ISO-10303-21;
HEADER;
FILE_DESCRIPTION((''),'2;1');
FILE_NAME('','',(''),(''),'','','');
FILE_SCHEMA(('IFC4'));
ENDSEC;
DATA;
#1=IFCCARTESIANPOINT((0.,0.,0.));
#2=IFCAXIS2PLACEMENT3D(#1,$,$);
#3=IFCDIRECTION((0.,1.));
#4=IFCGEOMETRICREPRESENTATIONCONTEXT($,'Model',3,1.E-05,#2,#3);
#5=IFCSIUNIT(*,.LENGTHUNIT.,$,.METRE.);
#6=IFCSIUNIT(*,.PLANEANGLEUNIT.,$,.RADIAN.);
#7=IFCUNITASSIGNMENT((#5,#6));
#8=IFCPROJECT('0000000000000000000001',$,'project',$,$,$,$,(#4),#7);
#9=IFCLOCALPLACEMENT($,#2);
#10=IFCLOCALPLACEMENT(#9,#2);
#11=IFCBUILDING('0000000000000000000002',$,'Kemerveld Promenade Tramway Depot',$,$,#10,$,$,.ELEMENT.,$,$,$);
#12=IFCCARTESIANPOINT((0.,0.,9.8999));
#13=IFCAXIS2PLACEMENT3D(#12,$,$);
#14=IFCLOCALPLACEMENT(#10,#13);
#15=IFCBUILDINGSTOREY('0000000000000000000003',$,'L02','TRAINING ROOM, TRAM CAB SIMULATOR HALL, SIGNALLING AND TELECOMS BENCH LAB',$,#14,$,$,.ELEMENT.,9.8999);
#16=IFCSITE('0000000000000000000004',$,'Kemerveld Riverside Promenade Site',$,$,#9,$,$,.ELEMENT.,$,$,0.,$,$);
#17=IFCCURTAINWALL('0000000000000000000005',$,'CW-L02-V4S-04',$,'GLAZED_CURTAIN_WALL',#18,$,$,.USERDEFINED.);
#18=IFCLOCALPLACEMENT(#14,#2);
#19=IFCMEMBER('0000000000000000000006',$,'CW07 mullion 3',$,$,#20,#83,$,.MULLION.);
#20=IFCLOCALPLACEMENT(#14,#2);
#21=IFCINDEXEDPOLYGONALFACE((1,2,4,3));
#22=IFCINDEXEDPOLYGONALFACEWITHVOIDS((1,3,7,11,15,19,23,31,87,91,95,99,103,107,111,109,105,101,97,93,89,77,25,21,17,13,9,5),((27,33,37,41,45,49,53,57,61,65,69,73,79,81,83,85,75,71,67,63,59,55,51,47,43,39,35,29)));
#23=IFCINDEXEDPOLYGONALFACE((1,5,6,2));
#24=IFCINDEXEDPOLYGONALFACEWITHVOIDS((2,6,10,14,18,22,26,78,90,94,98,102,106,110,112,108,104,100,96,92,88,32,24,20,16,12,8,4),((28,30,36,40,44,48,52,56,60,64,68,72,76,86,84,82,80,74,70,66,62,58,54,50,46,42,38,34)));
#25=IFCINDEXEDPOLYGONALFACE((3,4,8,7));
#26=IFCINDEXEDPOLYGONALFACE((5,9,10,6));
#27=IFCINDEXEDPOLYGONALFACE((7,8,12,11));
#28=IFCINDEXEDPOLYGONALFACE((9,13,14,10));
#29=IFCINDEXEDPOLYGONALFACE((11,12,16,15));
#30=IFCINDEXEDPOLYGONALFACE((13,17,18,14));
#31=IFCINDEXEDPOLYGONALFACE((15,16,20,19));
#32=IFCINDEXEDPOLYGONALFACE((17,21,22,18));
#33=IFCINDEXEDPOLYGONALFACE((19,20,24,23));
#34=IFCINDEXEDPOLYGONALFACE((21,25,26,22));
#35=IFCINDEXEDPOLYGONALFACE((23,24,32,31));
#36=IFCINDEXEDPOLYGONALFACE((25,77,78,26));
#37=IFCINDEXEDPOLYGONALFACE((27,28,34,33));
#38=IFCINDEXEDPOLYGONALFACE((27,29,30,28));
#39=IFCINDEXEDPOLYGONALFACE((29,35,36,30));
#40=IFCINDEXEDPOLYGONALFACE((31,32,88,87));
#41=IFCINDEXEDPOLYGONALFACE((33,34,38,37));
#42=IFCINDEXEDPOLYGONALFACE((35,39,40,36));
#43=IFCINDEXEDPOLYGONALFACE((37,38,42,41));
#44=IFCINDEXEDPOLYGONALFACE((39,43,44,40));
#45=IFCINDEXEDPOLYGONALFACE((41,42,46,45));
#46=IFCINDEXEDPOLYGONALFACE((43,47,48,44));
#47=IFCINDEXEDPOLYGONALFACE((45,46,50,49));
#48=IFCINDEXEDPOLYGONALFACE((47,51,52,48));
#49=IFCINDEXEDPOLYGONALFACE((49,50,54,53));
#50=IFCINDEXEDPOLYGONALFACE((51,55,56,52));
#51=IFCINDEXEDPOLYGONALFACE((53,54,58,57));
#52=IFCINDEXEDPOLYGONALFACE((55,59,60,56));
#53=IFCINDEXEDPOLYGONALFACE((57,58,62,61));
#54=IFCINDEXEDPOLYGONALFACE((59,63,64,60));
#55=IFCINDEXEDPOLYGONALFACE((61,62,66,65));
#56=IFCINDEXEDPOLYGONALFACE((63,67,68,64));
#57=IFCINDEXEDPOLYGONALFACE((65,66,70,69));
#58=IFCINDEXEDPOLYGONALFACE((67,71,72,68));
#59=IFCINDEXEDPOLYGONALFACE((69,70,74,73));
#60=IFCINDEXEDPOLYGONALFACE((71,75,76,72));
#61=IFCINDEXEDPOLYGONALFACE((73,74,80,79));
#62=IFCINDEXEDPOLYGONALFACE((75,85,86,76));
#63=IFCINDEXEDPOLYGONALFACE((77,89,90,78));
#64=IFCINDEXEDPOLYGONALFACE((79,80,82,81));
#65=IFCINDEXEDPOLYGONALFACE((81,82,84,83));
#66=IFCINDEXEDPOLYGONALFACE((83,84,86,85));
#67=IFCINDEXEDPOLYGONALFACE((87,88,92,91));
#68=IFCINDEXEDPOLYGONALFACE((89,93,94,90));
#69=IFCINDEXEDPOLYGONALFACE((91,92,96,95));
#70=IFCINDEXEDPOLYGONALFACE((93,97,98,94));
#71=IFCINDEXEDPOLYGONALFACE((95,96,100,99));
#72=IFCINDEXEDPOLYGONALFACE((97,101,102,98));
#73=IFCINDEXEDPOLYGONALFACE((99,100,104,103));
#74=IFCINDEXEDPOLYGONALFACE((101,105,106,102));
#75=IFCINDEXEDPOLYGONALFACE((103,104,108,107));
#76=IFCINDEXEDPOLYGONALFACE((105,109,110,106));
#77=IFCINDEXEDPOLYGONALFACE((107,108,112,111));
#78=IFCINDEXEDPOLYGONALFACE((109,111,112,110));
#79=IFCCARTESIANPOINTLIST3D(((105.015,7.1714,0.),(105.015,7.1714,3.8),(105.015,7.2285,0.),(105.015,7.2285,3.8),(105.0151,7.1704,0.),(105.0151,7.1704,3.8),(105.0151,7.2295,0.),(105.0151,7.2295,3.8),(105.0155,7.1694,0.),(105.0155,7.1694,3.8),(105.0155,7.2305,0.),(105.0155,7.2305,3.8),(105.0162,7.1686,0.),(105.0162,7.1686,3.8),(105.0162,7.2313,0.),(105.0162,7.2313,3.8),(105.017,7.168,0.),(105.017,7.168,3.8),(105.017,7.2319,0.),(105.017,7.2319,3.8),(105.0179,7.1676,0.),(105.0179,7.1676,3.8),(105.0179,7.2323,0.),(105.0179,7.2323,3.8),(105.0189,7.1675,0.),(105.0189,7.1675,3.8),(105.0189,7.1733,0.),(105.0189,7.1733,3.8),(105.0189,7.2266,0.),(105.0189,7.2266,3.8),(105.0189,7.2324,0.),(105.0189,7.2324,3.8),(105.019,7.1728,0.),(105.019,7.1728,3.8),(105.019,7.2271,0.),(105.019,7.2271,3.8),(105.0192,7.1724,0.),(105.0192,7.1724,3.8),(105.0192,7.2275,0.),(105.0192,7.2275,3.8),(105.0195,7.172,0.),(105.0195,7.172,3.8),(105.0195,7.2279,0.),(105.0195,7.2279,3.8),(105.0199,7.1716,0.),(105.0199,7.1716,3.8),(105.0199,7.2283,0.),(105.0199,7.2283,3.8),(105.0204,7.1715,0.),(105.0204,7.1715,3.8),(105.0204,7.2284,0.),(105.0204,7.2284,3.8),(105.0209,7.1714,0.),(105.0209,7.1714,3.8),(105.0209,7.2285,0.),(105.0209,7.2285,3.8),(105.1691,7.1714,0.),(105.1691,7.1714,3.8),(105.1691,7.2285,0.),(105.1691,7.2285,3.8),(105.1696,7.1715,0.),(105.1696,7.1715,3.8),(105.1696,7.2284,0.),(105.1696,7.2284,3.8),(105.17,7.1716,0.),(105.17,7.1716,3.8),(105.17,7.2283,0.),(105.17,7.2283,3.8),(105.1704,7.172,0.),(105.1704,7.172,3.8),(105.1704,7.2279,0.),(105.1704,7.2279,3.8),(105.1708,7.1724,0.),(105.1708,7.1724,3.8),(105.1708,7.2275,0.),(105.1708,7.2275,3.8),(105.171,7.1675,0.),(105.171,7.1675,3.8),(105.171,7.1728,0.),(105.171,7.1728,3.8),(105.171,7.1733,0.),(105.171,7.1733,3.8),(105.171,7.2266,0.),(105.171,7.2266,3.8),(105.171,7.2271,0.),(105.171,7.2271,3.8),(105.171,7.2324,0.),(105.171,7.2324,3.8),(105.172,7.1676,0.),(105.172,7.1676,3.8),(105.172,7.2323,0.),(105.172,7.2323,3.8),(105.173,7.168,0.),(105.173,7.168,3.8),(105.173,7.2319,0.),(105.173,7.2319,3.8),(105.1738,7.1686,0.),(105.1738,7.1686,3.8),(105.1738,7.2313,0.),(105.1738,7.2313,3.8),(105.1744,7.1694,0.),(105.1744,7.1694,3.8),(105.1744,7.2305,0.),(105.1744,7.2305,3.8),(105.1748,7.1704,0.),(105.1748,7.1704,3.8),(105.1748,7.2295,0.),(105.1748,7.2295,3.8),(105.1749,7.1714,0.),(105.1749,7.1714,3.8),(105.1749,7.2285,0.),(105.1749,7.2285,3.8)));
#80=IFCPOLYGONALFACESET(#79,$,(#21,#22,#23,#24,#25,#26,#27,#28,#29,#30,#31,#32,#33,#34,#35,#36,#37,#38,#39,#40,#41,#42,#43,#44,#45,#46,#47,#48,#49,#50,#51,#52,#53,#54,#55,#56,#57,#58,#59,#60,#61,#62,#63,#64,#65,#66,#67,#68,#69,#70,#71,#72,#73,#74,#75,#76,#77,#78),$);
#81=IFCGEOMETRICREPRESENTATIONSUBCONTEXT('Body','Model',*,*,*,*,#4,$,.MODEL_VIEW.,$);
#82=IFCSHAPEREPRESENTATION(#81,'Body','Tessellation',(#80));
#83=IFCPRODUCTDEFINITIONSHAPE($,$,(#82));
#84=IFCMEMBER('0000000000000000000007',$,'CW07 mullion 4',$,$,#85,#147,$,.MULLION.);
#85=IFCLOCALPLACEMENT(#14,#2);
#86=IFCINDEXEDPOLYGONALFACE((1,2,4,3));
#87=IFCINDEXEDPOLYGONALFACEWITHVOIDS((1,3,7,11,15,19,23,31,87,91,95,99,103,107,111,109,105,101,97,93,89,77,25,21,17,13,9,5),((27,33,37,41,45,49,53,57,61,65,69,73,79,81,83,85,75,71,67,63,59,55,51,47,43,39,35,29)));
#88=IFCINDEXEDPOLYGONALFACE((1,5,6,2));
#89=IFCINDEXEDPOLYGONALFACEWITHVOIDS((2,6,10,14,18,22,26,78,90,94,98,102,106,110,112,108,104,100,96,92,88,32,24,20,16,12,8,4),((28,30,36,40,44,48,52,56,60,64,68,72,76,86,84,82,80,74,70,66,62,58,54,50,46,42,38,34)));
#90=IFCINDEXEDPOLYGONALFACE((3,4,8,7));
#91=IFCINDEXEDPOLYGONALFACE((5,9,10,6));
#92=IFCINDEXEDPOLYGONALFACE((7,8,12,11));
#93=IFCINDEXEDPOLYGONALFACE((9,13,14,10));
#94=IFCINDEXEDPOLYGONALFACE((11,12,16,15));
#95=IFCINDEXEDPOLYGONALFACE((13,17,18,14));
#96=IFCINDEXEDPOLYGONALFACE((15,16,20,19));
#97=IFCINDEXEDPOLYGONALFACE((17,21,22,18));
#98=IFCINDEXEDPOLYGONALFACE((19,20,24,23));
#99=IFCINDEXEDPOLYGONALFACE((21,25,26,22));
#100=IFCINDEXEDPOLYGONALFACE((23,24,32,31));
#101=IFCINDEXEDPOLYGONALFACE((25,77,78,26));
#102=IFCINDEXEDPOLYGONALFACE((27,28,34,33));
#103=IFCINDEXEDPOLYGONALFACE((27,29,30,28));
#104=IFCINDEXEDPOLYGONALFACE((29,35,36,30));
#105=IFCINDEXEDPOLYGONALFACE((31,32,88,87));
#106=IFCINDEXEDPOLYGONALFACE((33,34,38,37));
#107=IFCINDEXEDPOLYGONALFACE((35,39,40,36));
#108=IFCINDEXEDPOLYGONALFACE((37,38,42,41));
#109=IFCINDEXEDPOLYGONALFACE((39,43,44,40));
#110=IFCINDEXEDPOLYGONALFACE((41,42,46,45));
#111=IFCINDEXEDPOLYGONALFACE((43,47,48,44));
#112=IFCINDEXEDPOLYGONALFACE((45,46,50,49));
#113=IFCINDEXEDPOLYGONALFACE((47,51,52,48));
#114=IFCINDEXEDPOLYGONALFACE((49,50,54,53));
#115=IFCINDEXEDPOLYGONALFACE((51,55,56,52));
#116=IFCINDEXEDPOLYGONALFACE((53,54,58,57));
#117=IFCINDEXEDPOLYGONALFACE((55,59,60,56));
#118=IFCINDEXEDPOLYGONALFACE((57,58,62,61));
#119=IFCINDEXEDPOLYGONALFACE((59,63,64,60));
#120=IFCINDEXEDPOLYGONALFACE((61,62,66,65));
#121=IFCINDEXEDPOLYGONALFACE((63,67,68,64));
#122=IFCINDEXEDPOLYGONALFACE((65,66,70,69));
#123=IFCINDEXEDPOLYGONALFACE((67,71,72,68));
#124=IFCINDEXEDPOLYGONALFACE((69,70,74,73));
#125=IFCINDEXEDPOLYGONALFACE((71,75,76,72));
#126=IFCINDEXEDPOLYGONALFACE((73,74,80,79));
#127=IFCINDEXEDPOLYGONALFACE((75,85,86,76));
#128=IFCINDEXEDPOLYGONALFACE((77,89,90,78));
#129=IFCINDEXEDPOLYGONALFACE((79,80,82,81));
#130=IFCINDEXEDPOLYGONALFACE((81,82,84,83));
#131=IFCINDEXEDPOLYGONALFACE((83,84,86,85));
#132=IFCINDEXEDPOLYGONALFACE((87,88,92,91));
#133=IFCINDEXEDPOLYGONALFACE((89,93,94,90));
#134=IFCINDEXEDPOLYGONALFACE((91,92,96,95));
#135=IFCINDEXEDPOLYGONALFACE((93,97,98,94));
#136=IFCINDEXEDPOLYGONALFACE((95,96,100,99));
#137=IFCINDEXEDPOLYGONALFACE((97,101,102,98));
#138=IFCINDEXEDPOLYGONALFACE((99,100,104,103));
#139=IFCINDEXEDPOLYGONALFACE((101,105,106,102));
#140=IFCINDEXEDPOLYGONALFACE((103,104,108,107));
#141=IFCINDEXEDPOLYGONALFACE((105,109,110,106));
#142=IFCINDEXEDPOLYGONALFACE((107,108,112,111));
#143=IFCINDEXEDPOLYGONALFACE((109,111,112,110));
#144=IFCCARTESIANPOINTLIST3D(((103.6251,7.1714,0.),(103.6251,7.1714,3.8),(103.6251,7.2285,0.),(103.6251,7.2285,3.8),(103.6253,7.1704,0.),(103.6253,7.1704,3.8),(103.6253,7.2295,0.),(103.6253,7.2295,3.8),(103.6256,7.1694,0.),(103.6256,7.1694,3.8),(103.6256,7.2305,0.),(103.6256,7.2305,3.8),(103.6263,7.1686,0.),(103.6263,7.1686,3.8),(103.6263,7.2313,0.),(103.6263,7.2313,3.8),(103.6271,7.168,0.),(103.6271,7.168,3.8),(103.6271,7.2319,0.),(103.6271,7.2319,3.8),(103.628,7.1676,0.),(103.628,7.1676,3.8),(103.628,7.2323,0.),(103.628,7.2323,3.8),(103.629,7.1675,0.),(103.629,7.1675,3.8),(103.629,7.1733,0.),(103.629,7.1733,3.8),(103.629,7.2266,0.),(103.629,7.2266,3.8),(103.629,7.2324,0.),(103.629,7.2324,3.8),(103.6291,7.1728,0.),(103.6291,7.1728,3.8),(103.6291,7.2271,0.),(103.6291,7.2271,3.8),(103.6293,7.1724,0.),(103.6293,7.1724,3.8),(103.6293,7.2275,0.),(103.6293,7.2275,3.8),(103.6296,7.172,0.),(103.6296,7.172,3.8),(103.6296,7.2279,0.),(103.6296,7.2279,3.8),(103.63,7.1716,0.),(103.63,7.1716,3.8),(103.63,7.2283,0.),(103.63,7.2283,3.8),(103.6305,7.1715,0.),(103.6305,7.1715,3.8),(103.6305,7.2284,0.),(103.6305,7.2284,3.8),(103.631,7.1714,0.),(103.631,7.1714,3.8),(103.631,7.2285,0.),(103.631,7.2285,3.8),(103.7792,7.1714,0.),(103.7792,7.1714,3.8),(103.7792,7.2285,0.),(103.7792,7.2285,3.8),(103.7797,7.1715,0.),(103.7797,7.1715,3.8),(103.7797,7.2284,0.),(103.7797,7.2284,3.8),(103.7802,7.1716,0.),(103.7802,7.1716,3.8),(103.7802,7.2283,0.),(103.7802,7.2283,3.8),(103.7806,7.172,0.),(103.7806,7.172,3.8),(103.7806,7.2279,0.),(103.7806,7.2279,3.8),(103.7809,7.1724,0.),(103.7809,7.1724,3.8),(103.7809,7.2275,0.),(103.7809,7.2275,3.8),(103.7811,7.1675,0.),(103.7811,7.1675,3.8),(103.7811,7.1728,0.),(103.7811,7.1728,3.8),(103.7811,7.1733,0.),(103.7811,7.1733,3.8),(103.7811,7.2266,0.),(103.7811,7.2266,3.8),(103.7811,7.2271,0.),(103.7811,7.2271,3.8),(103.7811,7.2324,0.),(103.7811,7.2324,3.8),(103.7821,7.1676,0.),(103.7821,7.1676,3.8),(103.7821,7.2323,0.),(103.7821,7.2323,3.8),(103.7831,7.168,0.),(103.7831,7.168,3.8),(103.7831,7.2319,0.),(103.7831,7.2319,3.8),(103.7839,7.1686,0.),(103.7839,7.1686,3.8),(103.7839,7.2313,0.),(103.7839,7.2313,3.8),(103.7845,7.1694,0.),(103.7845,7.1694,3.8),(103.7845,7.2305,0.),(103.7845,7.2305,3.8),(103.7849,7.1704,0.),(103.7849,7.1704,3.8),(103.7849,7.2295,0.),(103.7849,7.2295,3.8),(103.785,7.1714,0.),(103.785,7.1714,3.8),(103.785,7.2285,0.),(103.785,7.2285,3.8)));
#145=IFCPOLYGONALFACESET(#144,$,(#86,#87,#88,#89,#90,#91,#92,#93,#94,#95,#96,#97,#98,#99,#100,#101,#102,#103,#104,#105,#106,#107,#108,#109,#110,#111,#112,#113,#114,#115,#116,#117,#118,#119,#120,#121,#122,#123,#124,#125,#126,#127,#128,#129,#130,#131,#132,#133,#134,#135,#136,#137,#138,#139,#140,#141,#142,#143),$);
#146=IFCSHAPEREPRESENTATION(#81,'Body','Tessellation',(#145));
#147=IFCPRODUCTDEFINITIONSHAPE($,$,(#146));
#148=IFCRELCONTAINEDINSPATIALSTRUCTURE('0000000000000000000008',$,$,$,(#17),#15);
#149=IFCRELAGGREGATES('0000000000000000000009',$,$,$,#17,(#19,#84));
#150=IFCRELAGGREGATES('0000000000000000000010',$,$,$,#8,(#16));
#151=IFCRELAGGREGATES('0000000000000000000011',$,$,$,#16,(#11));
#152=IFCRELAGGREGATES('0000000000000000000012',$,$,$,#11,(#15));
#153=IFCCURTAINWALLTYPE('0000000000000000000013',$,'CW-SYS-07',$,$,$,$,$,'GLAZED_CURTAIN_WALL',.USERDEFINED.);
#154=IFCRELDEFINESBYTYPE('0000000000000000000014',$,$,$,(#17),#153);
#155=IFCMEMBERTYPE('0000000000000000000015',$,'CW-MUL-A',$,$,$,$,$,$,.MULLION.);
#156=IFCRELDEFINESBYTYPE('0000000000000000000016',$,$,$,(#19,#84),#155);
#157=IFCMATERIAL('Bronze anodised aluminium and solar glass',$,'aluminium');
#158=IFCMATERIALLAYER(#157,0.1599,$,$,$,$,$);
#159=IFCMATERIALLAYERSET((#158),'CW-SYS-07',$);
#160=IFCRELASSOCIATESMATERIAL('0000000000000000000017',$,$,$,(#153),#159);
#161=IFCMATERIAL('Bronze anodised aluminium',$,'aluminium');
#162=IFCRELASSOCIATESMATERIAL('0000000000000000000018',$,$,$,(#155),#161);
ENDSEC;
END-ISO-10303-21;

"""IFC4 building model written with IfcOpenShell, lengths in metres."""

from ifc_helpers import new_model, si_unit, direction, frame, origin, origin_2d, place, context, subcontext, project, spatial, hollow_rectangle, extrude, material, layer, layer_set, material_profile, profile_set, type_object, element, aggregate, save


model = new_model("IFC4")

# Units and contexts
model_context = context("Model", 3, precision=1e-05, world=origin(), true_north=direction((0.0, 1.0)))
body_context = subcontext(model_context, "Body", "Model", "MODEL_VIEW")
ifc_project = project(units=[si_unit("LENGTHUNIT", "METRE"), si_unit("PLANEANGLEUNIT", "RADIAN")], contexts=[model_context])

# Site, building, storey
site_placement = place(None, origin())
site = spatial("IfcSite", under=ifc_project, at=site_placement, Name="Kemerveld Riverside Promenade Site", CompositionType="ELEMENT", RefElevation=0.0)
building_placement = place(site_placement, origin())
building = spatial("IfcBuilding", under=site, at=building_placement, Name="Kemerveld Promenade Tramway Depot", CompositionType="ELEMENT")
storey_placement = place(building_placement, frame((0.0, 0.0, 9.8999)))
storey = spatial("IfcBuildingStorey", under=building, at=storey_placement, Name="L02", Description="TRAINING ROOM, TRAM CAB SIMULATOR HALL, SIGNALLING AND TELECOMS BENCH LAB", CompositionType="ELEMENT", Elevation=9.8999)

# Curtain wall, members
ifc_material_1 = material(Name="Bronze anodised aluminium and solar glass", Category="aluminium")
ifc_layer_1 = layer(ifc_material_1, 0.1599)
ifc_layer_set_1 = layer_set([ifc_layer_1], Name="CW-SYS-07")
curtain_wall_type = type_object("IfcCurtainWallType", Name="CW-SYS-07", ElementType="GLAZED_CURTAIN_WALL", PredefinedType="USERDEFINED", material=ifc_layer_set_1)
curtain_wall_placement = place(storey_placement, origin())
curtain_wall = element("IfcCurtainWall", 1, at=curtain_wall_placement, inside=storey, type_object=curtain_wall_type, Name="CW-L02-V4S-04", ObjectType="GLAZED_CURTAIN_WALL", PredefinedType="USERDEFINED")
ifc_material_2 = material(Name="Bronze anodised aluminium", Category="aluminium")
ifc_material_profile_1 = material_profile(ifc_material_2, hollow_rectangle(XDim=0.0649, YDim=0.1599, WallThickness=0.0039, InnerFilletRadius=0.002, OuterFilletRadius=0.0039, at=origin_2d()), Name="CW-MUL-160x65")
ifc_profile_set_1 = profile_set([ifc_material_profile_1], Name="Bronze anodised aluminium")
member_type_1 = type_object("IfcMemberType", Name="CW-MUL-A", PredefinedType="MULLION", material=ifc_profile_set_1)
member_1_placement = place(storey_placement, frame((105.095, 7.2, 0.0), z_axis=(0.0, 0.0, 1.0), x_axis=(0.0, -1.0, 0.0)))
member_1 = element("IfcMember", 2, at=member_1_placement, type_object=member_type_1, Name="CW07 mullion 3", PredefinedType="MULLION", context=body_context, shape_type="SweptSolid", body=[
    extrude(hollow_rectangle(XDim=0.0649, YDim=0.1599, WallThickness=0.0039, InnerFilletRadius=0.002, OuterFilletRadius=0.0039, at=origin_2d()), origin(), (0.0, 0.0, 1.0), 3.8),
])
member_2_placement = place(storey_placement, frame((103.7051, 7.2, 0.0), z_axis=(0.0, 0.0, 1.0), x_axis=(0.0, -1.0, 0.0)))
member_2 = element("IfcMember", 3, at=member_2_placement, type_object=member_type_1, Name="CW07 mullion 4", PredefinedType="MULLION", context=body_context, shape_type="SweptSolid", body=[
    extrude(hollow_rectangle(XDim=0.0649, YDim=0.1599, WallThickness=0.0039, InnerFilletRadius=0.002, OuterFilletRadius=0.0039, at=origin_2d()), origin(), (0.0, 0.0, 1.0), 3.8),
])
aggregate(curtain_wall, [member_1, member_2])

save(model, "model.ifc")
